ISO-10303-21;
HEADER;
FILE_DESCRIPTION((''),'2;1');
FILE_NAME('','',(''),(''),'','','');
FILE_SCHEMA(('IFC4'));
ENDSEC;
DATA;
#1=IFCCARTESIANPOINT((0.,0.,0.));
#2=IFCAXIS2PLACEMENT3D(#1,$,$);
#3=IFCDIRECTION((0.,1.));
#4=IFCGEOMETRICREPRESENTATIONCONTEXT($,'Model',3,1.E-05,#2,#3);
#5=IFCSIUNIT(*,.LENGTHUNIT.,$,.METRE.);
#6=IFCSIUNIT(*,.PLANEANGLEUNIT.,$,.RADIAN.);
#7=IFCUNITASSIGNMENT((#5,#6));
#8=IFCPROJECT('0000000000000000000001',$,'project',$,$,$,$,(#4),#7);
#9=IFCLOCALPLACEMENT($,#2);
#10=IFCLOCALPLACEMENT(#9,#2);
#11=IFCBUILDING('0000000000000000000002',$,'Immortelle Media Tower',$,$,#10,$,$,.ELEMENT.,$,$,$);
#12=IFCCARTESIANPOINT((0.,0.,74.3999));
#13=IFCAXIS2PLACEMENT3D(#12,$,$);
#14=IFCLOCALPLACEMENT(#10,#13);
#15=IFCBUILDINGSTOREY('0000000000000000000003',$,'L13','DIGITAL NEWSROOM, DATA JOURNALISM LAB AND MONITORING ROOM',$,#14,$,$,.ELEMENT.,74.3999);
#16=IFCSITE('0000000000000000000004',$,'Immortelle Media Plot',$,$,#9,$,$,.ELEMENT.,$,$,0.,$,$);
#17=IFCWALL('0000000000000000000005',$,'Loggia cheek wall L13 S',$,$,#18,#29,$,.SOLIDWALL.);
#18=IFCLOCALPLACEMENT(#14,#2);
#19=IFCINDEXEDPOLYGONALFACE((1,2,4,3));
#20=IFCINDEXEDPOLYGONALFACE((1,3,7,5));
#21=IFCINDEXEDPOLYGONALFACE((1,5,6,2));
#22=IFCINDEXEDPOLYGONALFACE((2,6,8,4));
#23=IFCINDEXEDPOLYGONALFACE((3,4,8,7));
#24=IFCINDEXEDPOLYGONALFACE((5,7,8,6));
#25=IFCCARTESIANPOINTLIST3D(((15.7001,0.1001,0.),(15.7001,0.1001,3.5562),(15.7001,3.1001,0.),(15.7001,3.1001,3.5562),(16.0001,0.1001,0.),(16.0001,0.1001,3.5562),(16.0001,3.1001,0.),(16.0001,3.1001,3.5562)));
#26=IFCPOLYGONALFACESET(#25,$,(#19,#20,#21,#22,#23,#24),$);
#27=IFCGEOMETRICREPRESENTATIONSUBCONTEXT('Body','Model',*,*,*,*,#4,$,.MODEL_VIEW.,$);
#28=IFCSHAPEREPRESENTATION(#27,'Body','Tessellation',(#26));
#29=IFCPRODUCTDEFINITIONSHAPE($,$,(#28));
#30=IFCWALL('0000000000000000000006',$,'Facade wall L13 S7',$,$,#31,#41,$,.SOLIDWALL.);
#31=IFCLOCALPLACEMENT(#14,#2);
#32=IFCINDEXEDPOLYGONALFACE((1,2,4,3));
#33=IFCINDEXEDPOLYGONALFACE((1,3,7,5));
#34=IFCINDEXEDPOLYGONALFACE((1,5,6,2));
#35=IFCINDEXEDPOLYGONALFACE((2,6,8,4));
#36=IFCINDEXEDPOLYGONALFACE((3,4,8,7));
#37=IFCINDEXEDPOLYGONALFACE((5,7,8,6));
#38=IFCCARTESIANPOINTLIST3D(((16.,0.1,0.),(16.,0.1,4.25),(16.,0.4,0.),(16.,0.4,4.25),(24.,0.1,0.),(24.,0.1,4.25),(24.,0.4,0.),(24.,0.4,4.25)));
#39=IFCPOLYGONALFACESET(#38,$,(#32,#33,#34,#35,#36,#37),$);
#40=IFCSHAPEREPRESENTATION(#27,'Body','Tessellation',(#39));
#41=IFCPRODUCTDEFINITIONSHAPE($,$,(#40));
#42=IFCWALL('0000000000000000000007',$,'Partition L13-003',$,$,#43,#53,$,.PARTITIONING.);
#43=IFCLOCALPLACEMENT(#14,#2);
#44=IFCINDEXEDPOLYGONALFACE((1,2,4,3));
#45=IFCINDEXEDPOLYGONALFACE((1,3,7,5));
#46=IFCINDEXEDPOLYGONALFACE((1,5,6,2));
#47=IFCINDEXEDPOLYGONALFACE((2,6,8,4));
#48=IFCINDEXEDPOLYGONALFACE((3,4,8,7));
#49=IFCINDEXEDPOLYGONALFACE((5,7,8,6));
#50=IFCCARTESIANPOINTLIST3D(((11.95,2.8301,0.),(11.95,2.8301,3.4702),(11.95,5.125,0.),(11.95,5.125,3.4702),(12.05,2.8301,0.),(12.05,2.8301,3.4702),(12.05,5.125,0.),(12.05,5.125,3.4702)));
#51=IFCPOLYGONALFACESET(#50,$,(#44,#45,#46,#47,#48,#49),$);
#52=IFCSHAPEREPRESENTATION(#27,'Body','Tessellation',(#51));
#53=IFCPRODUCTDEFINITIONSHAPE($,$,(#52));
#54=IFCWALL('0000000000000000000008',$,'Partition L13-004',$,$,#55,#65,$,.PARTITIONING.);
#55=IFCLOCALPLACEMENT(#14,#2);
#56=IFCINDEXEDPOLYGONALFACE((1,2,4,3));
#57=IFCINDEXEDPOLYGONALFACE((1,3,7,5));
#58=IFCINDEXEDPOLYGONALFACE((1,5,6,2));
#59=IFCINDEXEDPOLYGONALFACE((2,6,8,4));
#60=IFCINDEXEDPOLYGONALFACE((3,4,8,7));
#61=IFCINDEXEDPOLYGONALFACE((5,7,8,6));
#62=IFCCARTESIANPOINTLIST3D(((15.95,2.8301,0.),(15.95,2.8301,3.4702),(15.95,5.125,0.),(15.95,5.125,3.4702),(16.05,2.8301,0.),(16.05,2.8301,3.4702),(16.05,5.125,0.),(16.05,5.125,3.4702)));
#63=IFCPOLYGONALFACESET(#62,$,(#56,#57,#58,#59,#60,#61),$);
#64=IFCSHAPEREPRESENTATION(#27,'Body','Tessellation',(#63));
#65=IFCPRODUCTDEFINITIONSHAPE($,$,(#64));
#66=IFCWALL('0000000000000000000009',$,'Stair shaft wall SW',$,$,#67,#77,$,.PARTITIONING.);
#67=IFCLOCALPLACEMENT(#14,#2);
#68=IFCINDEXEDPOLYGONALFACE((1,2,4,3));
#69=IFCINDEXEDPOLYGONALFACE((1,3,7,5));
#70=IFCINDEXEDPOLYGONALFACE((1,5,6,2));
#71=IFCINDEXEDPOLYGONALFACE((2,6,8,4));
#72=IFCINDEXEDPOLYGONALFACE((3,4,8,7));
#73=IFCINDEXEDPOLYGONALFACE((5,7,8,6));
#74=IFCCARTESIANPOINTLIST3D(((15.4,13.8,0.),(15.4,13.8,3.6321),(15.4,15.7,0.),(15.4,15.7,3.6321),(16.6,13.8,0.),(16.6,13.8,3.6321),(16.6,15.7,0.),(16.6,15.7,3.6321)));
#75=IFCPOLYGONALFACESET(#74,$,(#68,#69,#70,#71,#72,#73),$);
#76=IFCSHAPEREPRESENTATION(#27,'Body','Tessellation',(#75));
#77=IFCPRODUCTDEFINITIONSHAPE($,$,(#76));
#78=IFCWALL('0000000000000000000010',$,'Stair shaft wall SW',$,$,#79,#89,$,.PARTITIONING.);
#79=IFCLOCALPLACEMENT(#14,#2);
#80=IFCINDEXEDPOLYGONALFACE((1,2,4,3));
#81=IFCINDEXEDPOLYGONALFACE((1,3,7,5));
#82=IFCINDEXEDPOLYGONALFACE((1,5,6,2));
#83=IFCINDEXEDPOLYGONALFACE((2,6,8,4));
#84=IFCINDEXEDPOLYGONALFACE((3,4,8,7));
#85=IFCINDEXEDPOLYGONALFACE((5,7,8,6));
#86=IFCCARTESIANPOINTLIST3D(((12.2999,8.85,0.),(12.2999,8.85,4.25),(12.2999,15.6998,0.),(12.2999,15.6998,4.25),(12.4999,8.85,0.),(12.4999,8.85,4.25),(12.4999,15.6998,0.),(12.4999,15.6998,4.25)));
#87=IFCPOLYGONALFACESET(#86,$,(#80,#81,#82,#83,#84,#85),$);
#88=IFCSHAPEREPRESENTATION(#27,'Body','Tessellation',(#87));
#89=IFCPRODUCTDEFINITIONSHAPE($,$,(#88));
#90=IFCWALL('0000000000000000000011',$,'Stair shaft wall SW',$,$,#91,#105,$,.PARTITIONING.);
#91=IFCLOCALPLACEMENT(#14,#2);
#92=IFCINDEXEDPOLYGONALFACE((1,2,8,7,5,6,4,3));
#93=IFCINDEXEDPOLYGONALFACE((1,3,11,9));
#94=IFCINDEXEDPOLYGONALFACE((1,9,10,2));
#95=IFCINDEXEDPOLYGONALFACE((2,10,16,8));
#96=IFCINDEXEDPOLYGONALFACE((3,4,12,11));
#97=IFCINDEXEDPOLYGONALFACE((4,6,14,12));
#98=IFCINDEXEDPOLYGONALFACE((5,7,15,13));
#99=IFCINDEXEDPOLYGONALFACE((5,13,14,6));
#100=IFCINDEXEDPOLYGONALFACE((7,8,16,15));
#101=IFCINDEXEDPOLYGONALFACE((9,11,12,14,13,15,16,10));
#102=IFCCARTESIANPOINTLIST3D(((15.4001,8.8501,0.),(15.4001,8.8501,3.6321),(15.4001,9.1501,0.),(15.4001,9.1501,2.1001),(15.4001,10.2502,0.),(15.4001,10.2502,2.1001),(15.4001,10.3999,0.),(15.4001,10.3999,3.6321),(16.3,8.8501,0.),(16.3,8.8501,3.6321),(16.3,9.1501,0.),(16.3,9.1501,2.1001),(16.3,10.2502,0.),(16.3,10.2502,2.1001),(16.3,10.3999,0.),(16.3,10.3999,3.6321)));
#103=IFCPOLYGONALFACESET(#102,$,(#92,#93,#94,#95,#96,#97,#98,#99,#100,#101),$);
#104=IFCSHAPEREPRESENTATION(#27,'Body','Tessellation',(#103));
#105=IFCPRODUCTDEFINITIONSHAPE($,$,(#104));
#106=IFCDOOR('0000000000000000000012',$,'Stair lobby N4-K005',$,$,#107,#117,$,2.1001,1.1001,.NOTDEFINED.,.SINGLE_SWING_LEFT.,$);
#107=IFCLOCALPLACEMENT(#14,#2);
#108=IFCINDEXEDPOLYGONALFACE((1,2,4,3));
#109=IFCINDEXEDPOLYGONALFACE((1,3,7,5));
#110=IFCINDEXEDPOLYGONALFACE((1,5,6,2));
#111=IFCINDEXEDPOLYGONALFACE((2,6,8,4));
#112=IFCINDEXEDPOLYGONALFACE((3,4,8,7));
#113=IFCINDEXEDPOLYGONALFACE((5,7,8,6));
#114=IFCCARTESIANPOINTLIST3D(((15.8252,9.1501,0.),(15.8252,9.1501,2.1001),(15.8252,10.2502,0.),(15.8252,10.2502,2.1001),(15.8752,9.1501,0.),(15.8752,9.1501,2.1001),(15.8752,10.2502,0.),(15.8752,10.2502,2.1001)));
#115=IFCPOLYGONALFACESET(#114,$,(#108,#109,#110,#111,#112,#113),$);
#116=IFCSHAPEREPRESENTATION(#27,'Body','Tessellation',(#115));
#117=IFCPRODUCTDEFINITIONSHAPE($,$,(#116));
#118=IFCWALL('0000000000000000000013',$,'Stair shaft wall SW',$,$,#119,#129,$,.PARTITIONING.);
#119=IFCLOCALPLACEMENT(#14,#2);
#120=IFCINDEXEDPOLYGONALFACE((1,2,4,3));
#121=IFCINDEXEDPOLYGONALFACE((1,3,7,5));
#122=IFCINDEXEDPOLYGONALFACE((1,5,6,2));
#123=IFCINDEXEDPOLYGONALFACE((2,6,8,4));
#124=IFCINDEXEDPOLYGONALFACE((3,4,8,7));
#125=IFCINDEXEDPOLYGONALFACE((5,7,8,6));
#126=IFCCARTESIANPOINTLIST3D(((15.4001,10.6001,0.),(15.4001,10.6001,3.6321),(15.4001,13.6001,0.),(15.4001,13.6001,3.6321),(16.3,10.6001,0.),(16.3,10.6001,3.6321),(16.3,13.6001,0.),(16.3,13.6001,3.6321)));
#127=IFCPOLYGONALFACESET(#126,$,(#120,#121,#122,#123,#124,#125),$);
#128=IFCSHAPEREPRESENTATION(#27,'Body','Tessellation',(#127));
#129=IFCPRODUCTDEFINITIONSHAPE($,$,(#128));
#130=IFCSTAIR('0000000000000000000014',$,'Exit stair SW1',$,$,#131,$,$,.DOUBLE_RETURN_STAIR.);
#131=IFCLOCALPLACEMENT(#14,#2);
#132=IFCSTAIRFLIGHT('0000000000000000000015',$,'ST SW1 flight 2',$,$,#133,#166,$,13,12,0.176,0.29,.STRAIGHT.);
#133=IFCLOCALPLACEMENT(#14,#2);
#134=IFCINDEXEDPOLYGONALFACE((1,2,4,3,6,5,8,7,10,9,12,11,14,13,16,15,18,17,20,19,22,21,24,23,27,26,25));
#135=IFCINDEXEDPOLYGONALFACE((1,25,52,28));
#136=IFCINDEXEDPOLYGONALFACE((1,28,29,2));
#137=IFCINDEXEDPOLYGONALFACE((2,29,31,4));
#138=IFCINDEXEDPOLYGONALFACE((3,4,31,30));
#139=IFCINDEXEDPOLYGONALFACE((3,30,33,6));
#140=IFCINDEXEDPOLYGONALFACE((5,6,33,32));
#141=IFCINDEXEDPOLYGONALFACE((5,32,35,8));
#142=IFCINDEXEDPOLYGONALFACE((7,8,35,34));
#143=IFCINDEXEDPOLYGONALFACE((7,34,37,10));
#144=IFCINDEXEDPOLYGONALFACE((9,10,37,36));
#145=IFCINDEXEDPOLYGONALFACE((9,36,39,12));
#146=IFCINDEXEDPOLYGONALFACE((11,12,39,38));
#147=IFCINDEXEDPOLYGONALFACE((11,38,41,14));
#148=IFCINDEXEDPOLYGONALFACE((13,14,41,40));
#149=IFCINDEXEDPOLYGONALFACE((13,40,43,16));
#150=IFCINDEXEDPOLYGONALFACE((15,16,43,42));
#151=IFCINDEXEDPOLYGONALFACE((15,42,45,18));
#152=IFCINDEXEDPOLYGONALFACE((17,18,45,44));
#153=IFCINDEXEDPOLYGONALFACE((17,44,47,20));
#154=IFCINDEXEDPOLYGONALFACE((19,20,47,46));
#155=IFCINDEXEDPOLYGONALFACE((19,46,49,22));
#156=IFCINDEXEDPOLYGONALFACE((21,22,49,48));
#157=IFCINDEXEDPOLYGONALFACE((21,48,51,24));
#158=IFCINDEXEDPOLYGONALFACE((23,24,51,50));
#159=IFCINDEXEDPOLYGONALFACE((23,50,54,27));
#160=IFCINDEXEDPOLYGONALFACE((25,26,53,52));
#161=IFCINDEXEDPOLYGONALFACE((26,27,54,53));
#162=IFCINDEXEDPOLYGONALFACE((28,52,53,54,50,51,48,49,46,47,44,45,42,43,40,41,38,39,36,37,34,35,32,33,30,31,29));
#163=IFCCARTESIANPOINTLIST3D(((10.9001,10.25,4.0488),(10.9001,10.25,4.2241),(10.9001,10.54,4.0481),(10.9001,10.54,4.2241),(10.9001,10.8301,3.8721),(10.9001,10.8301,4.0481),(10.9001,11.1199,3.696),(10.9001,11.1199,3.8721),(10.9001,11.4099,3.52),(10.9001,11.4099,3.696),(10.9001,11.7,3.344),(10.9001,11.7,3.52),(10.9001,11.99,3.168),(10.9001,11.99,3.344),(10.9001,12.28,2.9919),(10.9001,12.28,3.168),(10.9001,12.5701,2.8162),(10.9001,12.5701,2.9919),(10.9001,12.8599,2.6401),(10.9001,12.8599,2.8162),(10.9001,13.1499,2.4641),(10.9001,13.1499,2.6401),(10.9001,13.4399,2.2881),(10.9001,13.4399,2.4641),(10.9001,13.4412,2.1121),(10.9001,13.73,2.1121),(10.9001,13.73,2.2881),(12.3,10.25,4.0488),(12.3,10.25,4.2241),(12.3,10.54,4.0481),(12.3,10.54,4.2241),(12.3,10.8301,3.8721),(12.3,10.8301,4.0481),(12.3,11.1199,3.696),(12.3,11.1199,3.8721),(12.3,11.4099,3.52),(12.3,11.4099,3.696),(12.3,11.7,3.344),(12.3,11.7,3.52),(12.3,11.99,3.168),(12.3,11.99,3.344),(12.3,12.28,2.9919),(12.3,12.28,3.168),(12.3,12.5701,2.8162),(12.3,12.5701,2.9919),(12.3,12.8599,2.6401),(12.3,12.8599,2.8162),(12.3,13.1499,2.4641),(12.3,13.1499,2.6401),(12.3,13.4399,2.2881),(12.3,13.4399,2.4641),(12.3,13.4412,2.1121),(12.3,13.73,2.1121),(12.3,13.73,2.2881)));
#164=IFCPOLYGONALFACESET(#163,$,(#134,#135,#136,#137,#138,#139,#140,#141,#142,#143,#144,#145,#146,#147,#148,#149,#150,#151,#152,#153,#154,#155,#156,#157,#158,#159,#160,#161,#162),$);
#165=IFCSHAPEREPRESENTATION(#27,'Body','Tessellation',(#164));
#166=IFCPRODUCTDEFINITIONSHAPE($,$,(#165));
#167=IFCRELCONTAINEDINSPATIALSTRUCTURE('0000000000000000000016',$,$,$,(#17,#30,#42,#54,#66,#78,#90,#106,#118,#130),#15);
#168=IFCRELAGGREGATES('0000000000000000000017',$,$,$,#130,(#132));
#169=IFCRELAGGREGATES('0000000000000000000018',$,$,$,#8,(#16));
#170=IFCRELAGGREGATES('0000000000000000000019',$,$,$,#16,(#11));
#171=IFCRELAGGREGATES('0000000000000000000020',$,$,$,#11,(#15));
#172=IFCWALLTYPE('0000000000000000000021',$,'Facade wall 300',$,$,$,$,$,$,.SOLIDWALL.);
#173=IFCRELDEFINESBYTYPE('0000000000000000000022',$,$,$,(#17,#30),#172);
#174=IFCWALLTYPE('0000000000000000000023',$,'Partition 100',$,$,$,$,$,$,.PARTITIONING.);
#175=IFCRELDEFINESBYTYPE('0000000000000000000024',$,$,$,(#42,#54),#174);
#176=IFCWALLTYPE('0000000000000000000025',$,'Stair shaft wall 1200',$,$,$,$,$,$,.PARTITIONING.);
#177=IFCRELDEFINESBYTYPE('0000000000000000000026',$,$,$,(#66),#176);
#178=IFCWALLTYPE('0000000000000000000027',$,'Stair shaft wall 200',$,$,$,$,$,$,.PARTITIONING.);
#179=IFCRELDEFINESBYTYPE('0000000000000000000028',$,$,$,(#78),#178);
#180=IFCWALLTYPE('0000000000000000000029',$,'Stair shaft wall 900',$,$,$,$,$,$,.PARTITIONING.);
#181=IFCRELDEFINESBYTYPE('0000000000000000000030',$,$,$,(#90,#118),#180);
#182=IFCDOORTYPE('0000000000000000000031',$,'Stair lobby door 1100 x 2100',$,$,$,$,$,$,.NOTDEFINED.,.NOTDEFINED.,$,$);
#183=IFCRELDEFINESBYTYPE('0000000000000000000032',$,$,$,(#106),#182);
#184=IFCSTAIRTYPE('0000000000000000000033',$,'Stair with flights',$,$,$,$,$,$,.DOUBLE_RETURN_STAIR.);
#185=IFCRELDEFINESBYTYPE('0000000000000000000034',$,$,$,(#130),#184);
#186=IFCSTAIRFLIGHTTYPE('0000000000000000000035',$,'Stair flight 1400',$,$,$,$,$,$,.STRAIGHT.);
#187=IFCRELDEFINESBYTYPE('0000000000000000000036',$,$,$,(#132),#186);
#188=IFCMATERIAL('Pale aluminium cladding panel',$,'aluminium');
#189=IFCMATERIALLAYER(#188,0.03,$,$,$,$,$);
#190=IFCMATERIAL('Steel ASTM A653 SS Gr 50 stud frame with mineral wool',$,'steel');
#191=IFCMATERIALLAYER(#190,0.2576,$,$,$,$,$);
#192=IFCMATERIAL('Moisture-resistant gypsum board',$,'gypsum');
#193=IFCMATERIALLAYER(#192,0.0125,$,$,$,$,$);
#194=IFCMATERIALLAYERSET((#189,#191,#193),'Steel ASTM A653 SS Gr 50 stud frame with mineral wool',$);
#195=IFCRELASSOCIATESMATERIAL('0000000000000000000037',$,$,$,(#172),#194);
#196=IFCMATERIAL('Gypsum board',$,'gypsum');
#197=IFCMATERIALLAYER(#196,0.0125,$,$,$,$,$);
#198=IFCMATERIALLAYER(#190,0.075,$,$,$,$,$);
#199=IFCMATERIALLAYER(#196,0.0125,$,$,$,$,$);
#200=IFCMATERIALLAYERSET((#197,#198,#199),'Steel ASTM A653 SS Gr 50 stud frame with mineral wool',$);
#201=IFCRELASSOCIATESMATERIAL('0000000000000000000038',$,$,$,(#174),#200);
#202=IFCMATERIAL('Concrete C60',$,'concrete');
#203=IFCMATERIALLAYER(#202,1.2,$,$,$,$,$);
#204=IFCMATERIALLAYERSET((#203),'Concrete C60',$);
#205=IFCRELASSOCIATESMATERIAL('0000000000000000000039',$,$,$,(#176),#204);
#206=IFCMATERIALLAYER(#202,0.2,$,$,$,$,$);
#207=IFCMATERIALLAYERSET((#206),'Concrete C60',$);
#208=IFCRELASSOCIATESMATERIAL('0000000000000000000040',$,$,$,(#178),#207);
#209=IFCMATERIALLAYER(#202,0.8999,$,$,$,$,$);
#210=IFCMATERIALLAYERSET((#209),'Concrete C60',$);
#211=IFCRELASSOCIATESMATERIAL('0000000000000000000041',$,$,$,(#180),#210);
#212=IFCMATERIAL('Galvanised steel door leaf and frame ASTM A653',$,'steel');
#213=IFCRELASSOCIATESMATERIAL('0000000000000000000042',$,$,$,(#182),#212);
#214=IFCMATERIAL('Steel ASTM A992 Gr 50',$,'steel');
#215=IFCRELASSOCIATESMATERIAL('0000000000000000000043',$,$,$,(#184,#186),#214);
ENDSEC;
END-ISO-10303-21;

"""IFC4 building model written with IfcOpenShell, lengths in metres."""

from ifc_helpers import new_model, si_unit, direction, frame, frame_2d, origin, place, context, subcontext, project, spatial, polyline, rectangle, outline, extrude, material, layer, layer_set, type_object, element, fill, aggregate, save


model = new_model("IFC4")

# Units and contexts
model_context = context("Model", 3, precision=1e-05, world=origin(), true_north=direction((0.0, 1.0)))
body_context = subcontext(model_context, "Body", "Model", "MODEL_VIEW")
ifc_project = project(units=[si_unit("LENGTHUNIT", "METRE"), si_unit("PLANEANGLEUNIT", "RADIAN")], contexts=[model_context])

# Site, building, storey
site_placement = place(None, origin())
site = spatial("IfcSite", under=ifc_project, at=site_placement, Name="Immortelle Media Plot", CompositionType="ELEMENT", RefElevation=0.0)
building_placement = place(site_placement, origin())
building = spatial("IfcBuilding", under=site, at=building_placement, Name="Immortelle Media Tower", CompositionType="ELEMENT")
storey_placement = place(building_placement, frame((0.0, 0.0, 74.3999)))
storey = spatial("IfcBuildingStorey", under=building, at=storey_placement, Name="L13", Description="DIGITAL NEWSROOM, DATA JOURNALISM LAB AND MONITORING ROOM", CompositionType="ELEMENT", Elevation=74.3999)

# Shared definitions
ifc_material_1 = material(Name="Steel ASTM A992 Gr 50", Category="steel")

# Shared definitions
ifc_material_2 = material(Name="Steel ASTM A653 SS Gr 50 stud frame with mineral wool", Category="steel")

# Walls
ifc_material_3 = material(Name="Pale aluminium cladding panel", Category="aluminium")
ifc_layer_1 = layer(ifc_material_3, 0.03)
ifc_layer_2 = layer(ifc_material_2, 0.2576)
ifc_material_4 = material(Name="Moisture-resistant gypsum board", Category="gypsum")
ifc_layer_3 = layer(ifc_material_4, 0.0125)
ifc_layer_set_1 = layer_set([ifc_layer_1, ifc_layer_2, ifc_layer_3], Name="Steel ASTM A653 SS Gr 50 stud frame with mineral wool")
wall_type_1 = type_object("IfcWallType", Name="Facade wall 300", PredefinedType="SOLIDWALL", material=ifc_layer_set_1)
wall_1_placement = place(storey_placement, frame((15.8501, 0.1001, 0.0), z_axis=(0.0, 0.0, 1.0), x_axis=(0.0, 1.0, 0.0)))
element("IfcWall", 1, at=wall_1_placement, inside=storey, type_object=wall_type_1, Name="Loggia cheek wall L13 S", PredefinedType="SOLIDWALL", context=body_context, shape_type="SweptSolid", body=[
    extrude(rectangle(XDim=3.0, YDim=0.3, at=frame_2d((1.5, 0.0))), origin(), (0.0, 0.0, 1.0), 3.5562),
])
wall_2_placement = place(storey_placement, frame((16.0, 0.25, 0.0), z_axis=(0.0, 0.0, 1.0), x_axis=(1.0, 0.0, 0.0)))
element("IfcWall", 2, at=wall_2_placement, inside=storey, type_object=wall_type_1, Name="Facade wall L13 S7", PredefinedType="SOLIDWALL", context=body_context, shape_type="SweptSolid", body=[
    extrude(rectangle(XDim=8.0, YDim=0.3, at=frame_2d((4.0, 0.0))), origin(), (0.0, 0.0, 1.0), 4.25),
])
ifc_material_5 = material(Name="Gypsum board", Category="gypsum")
ifc_layer_4 = layer(ifc_material_5, 0.0125)
ifc_layer_5 = layer(ifc_material_2, 0.075)
ifc_layer_6 = layer(ifc_material_5, 0.0125)
ifc_layer_set_2 = layer_set([ifc_layer_4, ifc_layer_5, ifc_layer_6], Name="Steel ASTM A653 SS Gr 50 stud frame with mineral wool")
wall_type_2 = type_object("IfcWallType", Name="Partition 100", PredefinedType="PARTITIONING", material=ifc_layer_set_2)
for number, where, z_axis, x_axis, name in (
    (3, (12.0, 2.8301, 0.0), (0.0, 0.0, 1.0), (0.0, 1.0, 0.0), "Partition L13-003"),
    (4, (16.0, 2.8301, 0.0), (0.0, 0.0, 1.0), (0.0, 1.0, 0.0), "Partition L13-004"),
):
    element("IfcWall", number, at=place(storey_placement, frame(where, z_axis=z_axis, x_axis=x_axis)), inside=storey, type_object=wall_type_2, Name=name, PredefinedType="PARTITIONING", context=body_context, shape_type="SweptSolid", body=[
        extrude(rectangle(XDim=2.2949, YDim=0.1001, at=frame_2d((1.1475, 0.0))), origin(), (0.0, 0.0, 1.0), 3.4702),
    ])
ifc_material_6 = material(Name="Concrete C60", Category="concrete")
ifc_layer_7 = layer(ifc_material_6, 1.2)
ifc_layer_set_3 = layer_set([ifc_layer_7], Name="Concrete C60")
wall_type_3 = type_object("IfcWallType", Name="Stair shaft wall 1200", PredefinedType="PARTITIONING", material=ifc_layer_set_3)
wall_3_placement = place(storey_placement, frame((16.0, 13.8, 0.0), z_axis=(0.0, 0.0, 1.0), x_axis=(0.0, 1.0, 0.0)))
element("IfcWall", 5, at=wall_3_placement, inside=storey, type_object=wall_type_3, Name="Stair shaft wall SW", PredefinedType="PARTITIONING", context=body_context, shape_type="SweptSolid", body=[
    extrude(rectangle(XDim=1.8999, YDim=1.2, at=frame_2d((0.95, 0.0))), origin(), (0.0, 0.0, 1.0), 3.6321),
])
ifc_layer_8 = layer(ifc_material_6, 0.2)
ifc_layer_set_4 = layer_set([ifc_layer_8], Name="Concrete C60")
wall_type_4 = type_object("IfcWallType", Name="Stair shaft wall 200", PredefinedType="PARTITIONING", material=ifc_layer_set_4)
wall_4_placement = place(storey_placement, frame((12.3999, 8.8501, 0.0), z_axis=(0.0, 0.0, 1.0), x_axis=(0.0, 1.0, 0.0)))
element("IfcWall", 6, at=wall_4_placement, inside=storey, type_object=wall_type_4, Name="Stair shaft wall SW", PredefinedType="PARTITIONING", context=body_context, shape_type="SweptSolid", body=[
    extrude(rectangle(XDim=6.8499, YDim=0.2, at=frame_2d((3.4248, 0.0))), origin(), (0.0, 0.0, 1.0), 4.25),
])

# Wall, opening, door
ifc_layer_9 = layer(ifc_material_6, 0.8999)
ifc_layer_set_5 = layer_set([ifc_layer_9], Name="Concrete C60")
wall_type_5 = type_object("IfcWallType", Name="Stair shaft wall 900", PredefinedType="PARTITIONING", material=ifc_layer_set_5)
wall_5_placement = place(storey_placement, frame((15.8501, 8.8501, 0.0), z_axis=(0.0, 0.0, 1.0), x_axis=(0.0, 1.0, 0.0)))
wall_5 = element("IfcWall", 7, at=wall_5_placement, inside=storey, type_object=wall_type_5, Name="Stair shaft wall SW", PredefinedType="PARTITIONING", context=body_context, shape_type="SweptSolid", body=[
    extrude(rectangle(XDim=1.5498, YDim=0.8999, at=frame_2d((0.7749, 0.0))), origin(), (0.0, 0.0, 1.0), 3.6321),
])
opening_1_placement = place(wall_5_placement, frame((0.3, 0.0, 0.0)))
opening_1 = element("IfcOpeningElement", 8, at=opening_1_placement, cuts=wall_5, PredefinedType="OPENING", context=body_context, shape_type="SweptSolid", body=[
    extrude(rectangle(XDim=1.1001, YDim=2.1001, at=frame_2d((0.55, 1.05))), frame((0.0, 0.46, 0.0), z_axis=(0.0, -1.0, 0.0), x_axis=(1.0, 0.0, 0.0)), (0.0, 0.0, 1.0), 0.9199),
])
ifc_material_7 = material(Name="Galvanised steel door leaf and frame ASTM A653", Category="steel")
door_type_1 = type_object("IfcDoorType", Name="Stair lobby door 1100 x 2100", OperationType="NOTDEFINED", PredefinedType="NOTDEFINED", material=ifc_material_7)
door_1_placement = place(opening_1_placement, origin())
door_1 = element("IfcDoor", 9, at=door_1_placement, inside=storey, type_object=door_type_1, Name="Stair lobby N4-K005", OperationType="SINGLE_SWING_LEFT", OverallHeight=2.1001, OverallWidth=1.1001, PredefinedType="NOTDEFINED", context=body_context, shape_type="SweptSolid", body=[
    extrude(rectangle(XDim=1.1001, YDim=2.1001, at=frame_2d((0.55, 1.05))), frame((0.0, 0.0249, 0.0), z_axis=(0.0, -1.0, 0.0), x_axis=(1.0, 0.0, 0.0)), (0.0, 0.0, 1.0), 0.05),
])
fill(opening_1, door_1)

# Wall
wall_6_placement = place(storey_placement, frame((15.8501, 10.6001, 0.0), z_axis=(0.0, 0.0, 1.0), x_axis=(0.0, 1.0, 0.0)))
element("IfcWall", 10, at=wall_6_placement, inside=storey, type_object=wall_type_5, Name="Stair shaft wall SW", PredefinedType="PARTITIONING", context=body_context, shape_type="SweptSolid", body=[
    extrude(rectangle(XDim=3.0, YDim=0.8999, at=frame_2d((1.5, 0.0))), origin(), (0.0, 0.0, 1.0), 3.6321),
])

# Stair, stair flight
stair_type = type_object("IfcStairType", Name="Stair with flights", PredefinedType="DOUBLE_RETURN_STAIR", material=ifc_material_1)
stair_1_placement = place(storey_placement, origin())
stair_1 = element("IfcStair", 11, at=stair_1_placement, inside=storey, type_object=stair_type, Name="Exit stair SW1", PredefinedType="DOUBLE_RETURN_STAIR")
stair_flight_type = type_object("IfcStairFlightType", Name="Stair flight 1400", PredefinedType="STRAIGHT", material=ifc_material_1)
stair_flight_1_placement = place(storey_placement, frame((11.6001, 13.73, 2.1121), z_axis=(0.0, 0.0, 1.0), x_axis=(0.0, -1.0, 0.0)))
stair_flight_1 = element("IfcStairFlight", 12, at=stair_flight_1_placement, type_object=stair_flight_type, Name="ST SW1 flight 2", NumberOfRisers=13, NumberOfTreads=12, PredefinedType="STRAIGHT", RiserHeight=0.176, TreadLength=0.29, context=body_context, shape_type="SweptSolid", body=[
    extrude(outline(polyline([(0.0, 0.0), (0.0, 0.176), (0.29, 0.176), (0.29, 0.3521), (0.5801, 0.3521), (0.5801, 0.5281), (0.8701, 0.5281), (0.8701, 0.7041), (1.1599, 0.7041), (1.1599, 0.8799), (1.45, 0.8799), (1.45, 1.0559), (1.74, 1.0559), (1.74, 1.2319), (2.03, 1.2319), (2.03, 1.408), (2.3201, 1.408), (2.3201, 1.584), (2.6101, 1.584), (2.6101, 1.76), (2.8999, 1.76), (2.8999, 1.936), (3.1899, 1.936), (3.1899, 2.1121), (3.48, 2.1121), (3.48, 2.2881), (3.48, 1.9368), (0.2888, 0.0), (0.0, 0.0)])), frame((0.0, 0.7, 0.0), z_axis=(0.0, -1.0, 0.0), x_axis=(1.0, 0.0, 0.0)), (0.0, 0.0, 1.0), 1.3999),
])
aggregate(stair_1, [stair_flight_1])

save(model, "model.ifc")
